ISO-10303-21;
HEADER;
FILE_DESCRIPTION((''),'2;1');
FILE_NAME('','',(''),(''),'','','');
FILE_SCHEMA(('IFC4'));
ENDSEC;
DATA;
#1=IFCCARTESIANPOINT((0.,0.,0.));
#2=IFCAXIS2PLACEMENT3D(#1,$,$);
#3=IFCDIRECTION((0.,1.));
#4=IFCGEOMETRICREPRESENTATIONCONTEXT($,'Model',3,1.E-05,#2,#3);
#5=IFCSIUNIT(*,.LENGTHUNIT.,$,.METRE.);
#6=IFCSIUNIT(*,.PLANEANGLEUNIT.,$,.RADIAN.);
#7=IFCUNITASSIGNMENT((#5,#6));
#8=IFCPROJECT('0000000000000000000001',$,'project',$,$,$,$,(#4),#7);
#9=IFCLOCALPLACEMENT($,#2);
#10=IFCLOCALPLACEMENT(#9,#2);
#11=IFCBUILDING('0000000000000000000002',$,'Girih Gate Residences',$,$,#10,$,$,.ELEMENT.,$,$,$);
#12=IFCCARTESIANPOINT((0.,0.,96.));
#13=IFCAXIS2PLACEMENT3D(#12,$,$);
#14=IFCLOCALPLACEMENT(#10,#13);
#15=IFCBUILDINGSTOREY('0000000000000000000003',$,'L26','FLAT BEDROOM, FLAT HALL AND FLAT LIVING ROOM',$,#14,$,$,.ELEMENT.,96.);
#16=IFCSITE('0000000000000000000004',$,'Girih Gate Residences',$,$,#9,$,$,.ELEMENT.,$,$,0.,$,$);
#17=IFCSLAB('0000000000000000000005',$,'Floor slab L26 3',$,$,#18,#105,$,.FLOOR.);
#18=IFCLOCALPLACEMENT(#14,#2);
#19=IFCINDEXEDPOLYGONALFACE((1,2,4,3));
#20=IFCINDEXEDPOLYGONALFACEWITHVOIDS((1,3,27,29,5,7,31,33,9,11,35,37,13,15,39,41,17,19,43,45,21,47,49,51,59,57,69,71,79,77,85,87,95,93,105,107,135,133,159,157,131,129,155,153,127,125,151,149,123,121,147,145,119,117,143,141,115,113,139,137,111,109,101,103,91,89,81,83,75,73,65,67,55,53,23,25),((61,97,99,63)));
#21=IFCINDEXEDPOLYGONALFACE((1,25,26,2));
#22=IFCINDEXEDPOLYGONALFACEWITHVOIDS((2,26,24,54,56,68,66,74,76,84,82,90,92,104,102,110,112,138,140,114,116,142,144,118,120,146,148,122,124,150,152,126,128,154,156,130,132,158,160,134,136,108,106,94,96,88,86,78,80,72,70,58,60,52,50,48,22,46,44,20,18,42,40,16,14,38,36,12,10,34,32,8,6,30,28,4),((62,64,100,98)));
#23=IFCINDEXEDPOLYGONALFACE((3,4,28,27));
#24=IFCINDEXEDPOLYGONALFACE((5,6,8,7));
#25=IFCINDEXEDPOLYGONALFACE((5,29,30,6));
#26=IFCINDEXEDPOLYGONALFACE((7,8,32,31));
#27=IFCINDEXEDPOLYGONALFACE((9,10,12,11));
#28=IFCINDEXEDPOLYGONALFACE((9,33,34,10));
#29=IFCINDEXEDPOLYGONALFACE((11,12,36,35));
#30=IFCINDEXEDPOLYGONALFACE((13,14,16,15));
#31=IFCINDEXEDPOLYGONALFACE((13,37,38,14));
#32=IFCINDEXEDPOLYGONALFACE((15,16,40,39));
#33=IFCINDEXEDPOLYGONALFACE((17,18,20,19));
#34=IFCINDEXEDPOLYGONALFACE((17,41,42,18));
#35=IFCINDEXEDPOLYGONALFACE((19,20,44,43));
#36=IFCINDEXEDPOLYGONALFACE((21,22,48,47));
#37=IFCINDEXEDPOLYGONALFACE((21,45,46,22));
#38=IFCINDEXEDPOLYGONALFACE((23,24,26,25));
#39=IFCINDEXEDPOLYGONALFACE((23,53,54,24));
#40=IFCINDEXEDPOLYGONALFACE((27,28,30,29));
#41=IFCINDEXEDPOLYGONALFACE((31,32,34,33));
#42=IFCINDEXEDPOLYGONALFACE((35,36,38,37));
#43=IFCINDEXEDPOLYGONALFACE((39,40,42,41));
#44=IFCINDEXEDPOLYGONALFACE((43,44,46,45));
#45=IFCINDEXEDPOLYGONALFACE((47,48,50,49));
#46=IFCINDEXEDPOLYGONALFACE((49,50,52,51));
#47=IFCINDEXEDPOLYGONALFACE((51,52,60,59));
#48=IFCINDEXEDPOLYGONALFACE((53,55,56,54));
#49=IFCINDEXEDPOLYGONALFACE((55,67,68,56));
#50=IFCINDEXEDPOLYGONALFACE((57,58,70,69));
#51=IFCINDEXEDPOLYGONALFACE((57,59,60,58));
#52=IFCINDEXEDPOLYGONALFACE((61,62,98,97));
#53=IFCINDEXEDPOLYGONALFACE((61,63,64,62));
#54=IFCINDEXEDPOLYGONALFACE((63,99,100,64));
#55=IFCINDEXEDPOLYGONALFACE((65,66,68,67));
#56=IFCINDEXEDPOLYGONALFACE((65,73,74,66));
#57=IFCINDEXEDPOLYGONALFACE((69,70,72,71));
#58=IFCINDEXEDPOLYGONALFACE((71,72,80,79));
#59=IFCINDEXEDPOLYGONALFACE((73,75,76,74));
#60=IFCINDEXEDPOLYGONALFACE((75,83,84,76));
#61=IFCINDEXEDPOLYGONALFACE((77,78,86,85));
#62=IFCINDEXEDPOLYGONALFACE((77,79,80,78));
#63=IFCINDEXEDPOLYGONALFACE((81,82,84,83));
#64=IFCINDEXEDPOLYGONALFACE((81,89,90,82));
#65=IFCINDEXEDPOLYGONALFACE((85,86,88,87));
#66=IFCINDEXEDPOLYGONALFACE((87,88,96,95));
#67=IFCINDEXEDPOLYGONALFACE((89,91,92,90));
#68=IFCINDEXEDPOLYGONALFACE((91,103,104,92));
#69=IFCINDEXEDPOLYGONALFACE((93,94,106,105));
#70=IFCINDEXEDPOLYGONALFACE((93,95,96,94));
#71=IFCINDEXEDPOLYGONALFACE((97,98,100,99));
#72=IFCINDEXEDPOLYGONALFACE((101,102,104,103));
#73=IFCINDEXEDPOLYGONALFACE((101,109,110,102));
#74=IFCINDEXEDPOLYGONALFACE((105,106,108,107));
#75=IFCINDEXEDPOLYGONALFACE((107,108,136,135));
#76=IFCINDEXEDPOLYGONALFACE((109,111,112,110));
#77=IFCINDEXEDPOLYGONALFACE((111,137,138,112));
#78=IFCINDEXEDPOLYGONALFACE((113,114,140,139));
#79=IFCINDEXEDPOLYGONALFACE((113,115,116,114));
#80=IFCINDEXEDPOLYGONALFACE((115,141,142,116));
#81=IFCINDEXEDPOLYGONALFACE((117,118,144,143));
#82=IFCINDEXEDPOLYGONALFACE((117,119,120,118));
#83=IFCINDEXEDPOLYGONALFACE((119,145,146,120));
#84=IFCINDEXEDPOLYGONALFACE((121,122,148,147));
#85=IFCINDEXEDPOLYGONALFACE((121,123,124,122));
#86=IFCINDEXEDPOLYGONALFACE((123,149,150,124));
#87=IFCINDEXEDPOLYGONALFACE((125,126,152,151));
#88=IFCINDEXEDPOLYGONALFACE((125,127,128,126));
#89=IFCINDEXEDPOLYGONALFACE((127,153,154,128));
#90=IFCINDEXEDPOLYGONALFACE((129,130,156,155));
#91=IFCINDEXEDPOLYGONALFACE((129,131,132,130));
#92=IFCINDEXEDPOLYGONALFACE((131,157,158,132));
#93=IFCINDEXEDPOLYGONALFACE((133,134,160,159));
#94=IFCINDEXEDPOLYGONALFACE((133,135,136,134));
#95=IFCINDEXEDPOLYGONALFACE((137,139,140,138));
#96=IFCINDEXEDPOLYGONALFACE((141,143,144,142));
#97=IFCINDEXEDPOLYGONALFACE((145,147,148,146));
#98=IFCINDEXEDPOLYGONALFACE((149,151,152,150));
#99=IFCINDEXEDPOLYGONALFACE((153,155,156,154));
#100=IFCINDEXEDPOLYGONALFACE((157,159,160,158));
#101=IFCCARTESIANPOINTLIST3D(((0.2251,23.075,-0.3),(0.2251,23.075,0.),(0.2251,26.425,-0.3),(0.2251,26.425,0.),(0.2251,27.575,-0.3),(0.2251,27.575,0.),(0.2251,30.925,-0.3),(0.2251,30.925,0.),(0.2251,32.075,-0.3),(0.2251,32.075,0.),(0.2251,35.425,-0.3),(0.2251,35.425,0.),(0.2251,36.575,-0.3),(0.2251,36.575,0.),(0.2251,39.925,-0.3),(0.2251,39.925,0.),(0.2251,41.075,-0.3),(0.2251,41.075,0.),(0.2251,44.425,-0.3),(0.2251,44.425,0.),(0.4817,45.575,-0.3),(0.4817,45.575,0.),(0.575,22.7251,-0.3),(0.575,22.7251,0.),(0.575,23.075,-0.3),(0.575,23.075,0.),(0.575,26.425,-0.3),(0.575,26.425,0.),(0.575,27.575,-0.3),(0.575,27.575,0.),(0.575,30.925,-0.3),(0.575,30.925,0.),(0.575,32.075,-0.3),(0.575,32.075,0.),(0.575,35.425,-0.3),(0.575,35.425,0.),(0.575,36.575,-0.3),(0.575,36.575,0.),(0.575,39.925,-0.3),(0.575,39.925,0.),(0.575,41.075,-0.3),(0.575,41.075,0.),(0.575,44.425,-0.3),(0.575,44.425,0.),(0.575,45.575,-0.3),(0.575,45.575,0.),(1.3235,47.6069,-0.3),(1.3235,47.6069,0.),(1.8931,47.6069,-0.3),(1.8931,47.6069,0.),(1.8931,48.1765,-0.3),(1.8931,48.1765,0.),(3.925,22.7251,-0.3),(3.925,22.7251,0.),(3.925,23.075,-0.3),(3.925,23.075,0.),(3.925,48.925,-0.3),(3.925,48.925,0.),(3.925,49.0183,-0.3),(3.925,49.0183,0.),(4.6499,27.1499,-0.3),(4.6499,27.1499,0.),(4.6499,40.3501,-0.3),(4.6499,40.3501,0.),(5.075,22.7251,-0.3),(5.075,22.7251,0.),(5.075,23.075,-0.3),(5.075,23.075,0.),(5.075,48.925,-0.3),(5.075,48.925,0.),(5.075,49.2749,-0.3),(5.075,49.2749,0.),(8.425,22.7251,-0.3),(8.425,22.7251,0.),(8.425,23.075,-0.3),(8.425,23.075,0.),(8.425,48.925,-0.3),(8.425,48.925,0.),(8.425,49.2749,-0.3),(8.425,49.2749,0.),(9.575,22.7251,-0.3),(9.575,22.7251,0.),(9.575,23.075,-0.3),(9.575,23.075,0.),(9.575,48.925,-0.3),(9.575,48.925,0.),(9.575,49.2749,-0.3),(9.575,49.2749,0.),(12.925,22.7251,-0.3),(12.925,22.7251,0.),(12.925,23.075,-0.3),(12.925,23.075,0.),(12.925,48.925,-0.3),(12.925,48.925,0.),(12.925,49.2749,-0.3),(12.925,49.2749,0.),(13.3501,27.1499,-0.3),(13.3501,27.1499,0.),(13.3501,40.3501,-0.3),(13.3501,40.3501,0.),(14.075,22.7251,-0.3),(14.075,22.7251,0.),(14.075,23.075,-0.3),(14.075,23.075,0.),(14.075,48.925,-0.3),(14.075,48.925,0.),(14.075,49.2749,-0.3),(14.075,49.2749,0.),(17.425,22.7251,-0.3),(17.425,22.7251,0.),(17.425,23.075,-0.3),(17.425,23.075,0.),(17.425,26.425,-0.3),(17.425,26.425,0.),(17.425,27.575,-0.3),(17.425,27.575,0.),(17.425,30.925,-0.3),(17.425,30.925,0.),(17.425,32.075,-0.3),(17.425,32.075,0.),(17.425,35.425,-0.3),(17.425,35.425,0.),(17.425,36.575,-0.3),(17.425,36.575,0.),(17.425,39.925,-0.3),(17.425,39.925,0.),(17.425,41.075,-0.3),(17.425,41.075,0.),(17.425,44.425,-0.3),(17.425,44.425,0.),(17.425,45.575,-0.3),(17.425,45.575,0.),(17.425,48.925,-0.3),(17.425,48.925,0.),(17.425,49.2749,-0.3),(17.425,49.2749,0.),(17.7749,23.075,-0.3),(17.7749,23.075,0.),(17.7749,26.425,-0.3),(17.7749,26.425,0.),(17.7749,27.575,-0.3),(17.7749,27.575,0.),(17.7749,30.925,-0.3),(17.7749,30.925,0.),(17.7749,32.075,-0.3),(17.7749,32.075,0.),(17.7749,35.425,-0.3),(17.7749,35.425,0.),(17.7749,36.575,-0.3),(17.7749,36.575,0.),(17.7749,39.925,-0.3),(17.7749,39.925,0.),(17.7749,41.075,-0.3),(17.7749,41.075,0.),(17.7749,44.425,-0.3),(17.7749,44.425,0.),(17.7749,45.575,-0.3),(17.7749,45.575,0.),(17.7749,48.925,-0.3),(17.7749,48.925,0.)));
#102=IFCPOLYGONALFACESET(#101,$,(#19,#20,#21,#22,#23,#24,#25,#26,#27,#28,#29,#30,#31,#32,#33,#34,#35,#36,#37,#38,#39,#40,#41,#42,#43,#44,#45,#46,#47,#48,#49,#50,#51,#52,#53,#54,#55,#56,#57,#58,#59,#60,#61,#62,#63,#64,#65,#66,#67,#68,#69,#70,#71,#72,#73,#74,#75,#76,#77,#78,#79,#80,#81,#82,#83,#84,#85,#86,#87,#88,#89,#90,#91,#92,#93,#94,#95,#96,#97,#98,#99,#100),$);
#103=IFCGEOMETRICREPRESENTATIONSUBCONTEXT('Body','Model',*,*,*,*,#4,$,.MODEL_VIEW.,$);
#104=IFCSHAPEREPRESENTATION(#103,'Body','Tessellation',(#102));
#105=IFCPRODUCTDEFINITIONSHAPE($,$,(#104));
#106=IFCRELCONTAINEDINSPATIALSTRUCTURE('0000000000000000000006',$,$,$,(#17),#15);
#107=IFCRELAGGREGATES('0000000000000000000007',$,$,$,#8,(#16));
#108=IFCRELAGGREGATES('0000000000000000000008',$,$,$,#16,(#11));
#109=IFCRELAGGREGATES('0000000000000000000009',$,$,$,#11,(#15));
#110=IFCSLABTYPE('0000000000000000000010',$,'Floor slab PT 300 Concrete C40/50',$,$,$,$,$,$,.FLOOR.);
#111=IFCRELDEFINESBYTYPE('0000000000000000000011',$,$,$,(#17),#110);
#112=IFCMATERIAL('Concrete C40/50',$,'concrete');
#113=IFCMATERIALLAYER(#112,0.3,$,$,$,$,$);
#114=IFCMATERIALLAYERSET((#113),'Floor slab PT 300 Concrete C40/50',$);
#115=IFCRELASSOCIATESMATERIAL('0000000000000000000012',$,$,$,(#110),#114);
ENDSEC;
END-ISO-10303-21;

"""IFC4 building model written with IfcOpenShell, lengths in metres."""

from ifc_helpers import new_model, si_unit, direction, frame, origin, place, context, subcontext, project, spatial, polyline, outline, extrude, material, layer, layer_set, type_object, element, save


model = new_model("IFC4")

# Units and contexts
model_context = context("Model", 3, precision=1e-05, world=origin(), true_north=direction((0.0, 1.0)))
body_context = subcontext(model_context, "Body", "Model", "MODEL_VIEW")
ifc_project = project(units=[si_unit("LENGTHUNIT", "METRE"), si_unit("PLANEANGLEUNIT", "RADIAN")], contexts=[model_context])

# Site, building, storey
site_placement = place(None, origin())
site = spatial("IfcSite", under=ifc_project, at=site_placement, Name="Girih Gate Residences", CompositionType="ELEMENT", RefElevation=0.0)
building_placement = place(site_placement, origin())
building = spatial("IfcBuilding", under=site, at=building_placement, Name="Girih Gate Residences", CompositionType="ELEMENT")
storey_placement = place(building_placement, frame((0.0, 0.0, 96.0)))
storey = spatial("IfcBuildingStorey", under=building, at=storey_placement, Name="L26", Description="FLAT BEDROOM, FLAT HALL AND FLAT LIVING ROOM", CompositionType="ELEMENT", Elevation=96.0)

# Slab
ifc_material_1 = material(Name="Concrete C40/50", Category="concrete")
ifc_layer_1 = layer(ifc_material_1, 0.3)
ifc_layer_set_1 = layer_set([ifc_layer_1], Name="Floor slab PT 300 Concrete C40/50")
slab_type_1 = type_object("IfcSlabType", Name="Floor slab PT 300 Concrete C40/50", PredefinedType="FLOOR", material=ifc_layer_set_1)
slab_1_placement = place(storey_placement, frame((0.0, 0.0, -0.3)))
element("IfcSlab", 1, at=slab_1_placement, inside=storey, type_object=slab_type_1, Name="Floor slab L26 3", PredefinedType="FLOOR", context=body_context, shape_type="SweptSolid", body=[
    extrude(outline(polyline([(0.2251, 26.425), (0.2251, 23.075), (0.575, 23.075), (0.575, 22.7251), (3.925, 22.7251), (3.925, 23.075), (5.075, 23.075), (5.075, 22.7251), (8.425, 22.7251), (8.425, 23.075), (9.575, 23.075), (9.575, 22.7251), (12.925, 22.7251), (12.925, 23.075), (14.075, 23.075), (14.075, 22.7251), (17.425, 22.7251), (17.425, 23.075), (17.7749, 23.075), (17.7749, 26.425), (17.425, 26.425), (17.425, 27.575), (17.7749, 27.575), (17.7749, 30.925), (17.425, 30.925), (17.425, 32.075), (17.7749, 32.075), (17.7749, 35.425), (17.425, 35.425), (17.425, 36.575), (17.7749, 36.575), (17.7749, 39.925), (17.425, 39.925), (17.425, 41.075), (17.7749, 41.075), (17.7749, 44.425), (17.425, 44.425), (17.425, 45.575), (17.7749, 45.575), (17.7749, 48.925), (17.425, 48.925), (17.425, 49.2749), (14.075, 49.2749), (14.075, 48.925), (12.925, 48.925), (12.925, 49.2749), (9.575, 49.2749), (9.575, 48.925), (8.425, 48.925), (8.425, 49.2749), (5.075, 49.2749), (5.075, 48.925), (3.925, 48.925), (3.925, 49.0183), (1.8931, 48.1765), (1.8931, 47.6069), (1.3235, 47.6069), (0.4817, 45.575), (0.575, 45.575), (0.575, 44.425), (0.2251, 44.425), (0.2251, 41.075), (0.575, 41.075), (0.575, 39.925), (0.2251, 39.925), (0.2251, 36.575), (0.575, 36.575), (0.575, 35.425), (0.2251, 35.425), (0.2251, 32.075), (0.575, 32.075), (0.575, 30.925), (0.2251, 30.925), (0.2251, 27.575), (0.575, 27.575), (0.575, 26.425), (0.2251, 26.425)]), holes=[polyline([(13.3501, 40.3501), (13.3501, 27.1499), (4.6499, 27.1499), (4.6499, 40.3501), (13.3501, 40.3501)])]), origin(), (0.0, 0.0, 1.0), 0.3),
])

save(model, "model.ifc")
